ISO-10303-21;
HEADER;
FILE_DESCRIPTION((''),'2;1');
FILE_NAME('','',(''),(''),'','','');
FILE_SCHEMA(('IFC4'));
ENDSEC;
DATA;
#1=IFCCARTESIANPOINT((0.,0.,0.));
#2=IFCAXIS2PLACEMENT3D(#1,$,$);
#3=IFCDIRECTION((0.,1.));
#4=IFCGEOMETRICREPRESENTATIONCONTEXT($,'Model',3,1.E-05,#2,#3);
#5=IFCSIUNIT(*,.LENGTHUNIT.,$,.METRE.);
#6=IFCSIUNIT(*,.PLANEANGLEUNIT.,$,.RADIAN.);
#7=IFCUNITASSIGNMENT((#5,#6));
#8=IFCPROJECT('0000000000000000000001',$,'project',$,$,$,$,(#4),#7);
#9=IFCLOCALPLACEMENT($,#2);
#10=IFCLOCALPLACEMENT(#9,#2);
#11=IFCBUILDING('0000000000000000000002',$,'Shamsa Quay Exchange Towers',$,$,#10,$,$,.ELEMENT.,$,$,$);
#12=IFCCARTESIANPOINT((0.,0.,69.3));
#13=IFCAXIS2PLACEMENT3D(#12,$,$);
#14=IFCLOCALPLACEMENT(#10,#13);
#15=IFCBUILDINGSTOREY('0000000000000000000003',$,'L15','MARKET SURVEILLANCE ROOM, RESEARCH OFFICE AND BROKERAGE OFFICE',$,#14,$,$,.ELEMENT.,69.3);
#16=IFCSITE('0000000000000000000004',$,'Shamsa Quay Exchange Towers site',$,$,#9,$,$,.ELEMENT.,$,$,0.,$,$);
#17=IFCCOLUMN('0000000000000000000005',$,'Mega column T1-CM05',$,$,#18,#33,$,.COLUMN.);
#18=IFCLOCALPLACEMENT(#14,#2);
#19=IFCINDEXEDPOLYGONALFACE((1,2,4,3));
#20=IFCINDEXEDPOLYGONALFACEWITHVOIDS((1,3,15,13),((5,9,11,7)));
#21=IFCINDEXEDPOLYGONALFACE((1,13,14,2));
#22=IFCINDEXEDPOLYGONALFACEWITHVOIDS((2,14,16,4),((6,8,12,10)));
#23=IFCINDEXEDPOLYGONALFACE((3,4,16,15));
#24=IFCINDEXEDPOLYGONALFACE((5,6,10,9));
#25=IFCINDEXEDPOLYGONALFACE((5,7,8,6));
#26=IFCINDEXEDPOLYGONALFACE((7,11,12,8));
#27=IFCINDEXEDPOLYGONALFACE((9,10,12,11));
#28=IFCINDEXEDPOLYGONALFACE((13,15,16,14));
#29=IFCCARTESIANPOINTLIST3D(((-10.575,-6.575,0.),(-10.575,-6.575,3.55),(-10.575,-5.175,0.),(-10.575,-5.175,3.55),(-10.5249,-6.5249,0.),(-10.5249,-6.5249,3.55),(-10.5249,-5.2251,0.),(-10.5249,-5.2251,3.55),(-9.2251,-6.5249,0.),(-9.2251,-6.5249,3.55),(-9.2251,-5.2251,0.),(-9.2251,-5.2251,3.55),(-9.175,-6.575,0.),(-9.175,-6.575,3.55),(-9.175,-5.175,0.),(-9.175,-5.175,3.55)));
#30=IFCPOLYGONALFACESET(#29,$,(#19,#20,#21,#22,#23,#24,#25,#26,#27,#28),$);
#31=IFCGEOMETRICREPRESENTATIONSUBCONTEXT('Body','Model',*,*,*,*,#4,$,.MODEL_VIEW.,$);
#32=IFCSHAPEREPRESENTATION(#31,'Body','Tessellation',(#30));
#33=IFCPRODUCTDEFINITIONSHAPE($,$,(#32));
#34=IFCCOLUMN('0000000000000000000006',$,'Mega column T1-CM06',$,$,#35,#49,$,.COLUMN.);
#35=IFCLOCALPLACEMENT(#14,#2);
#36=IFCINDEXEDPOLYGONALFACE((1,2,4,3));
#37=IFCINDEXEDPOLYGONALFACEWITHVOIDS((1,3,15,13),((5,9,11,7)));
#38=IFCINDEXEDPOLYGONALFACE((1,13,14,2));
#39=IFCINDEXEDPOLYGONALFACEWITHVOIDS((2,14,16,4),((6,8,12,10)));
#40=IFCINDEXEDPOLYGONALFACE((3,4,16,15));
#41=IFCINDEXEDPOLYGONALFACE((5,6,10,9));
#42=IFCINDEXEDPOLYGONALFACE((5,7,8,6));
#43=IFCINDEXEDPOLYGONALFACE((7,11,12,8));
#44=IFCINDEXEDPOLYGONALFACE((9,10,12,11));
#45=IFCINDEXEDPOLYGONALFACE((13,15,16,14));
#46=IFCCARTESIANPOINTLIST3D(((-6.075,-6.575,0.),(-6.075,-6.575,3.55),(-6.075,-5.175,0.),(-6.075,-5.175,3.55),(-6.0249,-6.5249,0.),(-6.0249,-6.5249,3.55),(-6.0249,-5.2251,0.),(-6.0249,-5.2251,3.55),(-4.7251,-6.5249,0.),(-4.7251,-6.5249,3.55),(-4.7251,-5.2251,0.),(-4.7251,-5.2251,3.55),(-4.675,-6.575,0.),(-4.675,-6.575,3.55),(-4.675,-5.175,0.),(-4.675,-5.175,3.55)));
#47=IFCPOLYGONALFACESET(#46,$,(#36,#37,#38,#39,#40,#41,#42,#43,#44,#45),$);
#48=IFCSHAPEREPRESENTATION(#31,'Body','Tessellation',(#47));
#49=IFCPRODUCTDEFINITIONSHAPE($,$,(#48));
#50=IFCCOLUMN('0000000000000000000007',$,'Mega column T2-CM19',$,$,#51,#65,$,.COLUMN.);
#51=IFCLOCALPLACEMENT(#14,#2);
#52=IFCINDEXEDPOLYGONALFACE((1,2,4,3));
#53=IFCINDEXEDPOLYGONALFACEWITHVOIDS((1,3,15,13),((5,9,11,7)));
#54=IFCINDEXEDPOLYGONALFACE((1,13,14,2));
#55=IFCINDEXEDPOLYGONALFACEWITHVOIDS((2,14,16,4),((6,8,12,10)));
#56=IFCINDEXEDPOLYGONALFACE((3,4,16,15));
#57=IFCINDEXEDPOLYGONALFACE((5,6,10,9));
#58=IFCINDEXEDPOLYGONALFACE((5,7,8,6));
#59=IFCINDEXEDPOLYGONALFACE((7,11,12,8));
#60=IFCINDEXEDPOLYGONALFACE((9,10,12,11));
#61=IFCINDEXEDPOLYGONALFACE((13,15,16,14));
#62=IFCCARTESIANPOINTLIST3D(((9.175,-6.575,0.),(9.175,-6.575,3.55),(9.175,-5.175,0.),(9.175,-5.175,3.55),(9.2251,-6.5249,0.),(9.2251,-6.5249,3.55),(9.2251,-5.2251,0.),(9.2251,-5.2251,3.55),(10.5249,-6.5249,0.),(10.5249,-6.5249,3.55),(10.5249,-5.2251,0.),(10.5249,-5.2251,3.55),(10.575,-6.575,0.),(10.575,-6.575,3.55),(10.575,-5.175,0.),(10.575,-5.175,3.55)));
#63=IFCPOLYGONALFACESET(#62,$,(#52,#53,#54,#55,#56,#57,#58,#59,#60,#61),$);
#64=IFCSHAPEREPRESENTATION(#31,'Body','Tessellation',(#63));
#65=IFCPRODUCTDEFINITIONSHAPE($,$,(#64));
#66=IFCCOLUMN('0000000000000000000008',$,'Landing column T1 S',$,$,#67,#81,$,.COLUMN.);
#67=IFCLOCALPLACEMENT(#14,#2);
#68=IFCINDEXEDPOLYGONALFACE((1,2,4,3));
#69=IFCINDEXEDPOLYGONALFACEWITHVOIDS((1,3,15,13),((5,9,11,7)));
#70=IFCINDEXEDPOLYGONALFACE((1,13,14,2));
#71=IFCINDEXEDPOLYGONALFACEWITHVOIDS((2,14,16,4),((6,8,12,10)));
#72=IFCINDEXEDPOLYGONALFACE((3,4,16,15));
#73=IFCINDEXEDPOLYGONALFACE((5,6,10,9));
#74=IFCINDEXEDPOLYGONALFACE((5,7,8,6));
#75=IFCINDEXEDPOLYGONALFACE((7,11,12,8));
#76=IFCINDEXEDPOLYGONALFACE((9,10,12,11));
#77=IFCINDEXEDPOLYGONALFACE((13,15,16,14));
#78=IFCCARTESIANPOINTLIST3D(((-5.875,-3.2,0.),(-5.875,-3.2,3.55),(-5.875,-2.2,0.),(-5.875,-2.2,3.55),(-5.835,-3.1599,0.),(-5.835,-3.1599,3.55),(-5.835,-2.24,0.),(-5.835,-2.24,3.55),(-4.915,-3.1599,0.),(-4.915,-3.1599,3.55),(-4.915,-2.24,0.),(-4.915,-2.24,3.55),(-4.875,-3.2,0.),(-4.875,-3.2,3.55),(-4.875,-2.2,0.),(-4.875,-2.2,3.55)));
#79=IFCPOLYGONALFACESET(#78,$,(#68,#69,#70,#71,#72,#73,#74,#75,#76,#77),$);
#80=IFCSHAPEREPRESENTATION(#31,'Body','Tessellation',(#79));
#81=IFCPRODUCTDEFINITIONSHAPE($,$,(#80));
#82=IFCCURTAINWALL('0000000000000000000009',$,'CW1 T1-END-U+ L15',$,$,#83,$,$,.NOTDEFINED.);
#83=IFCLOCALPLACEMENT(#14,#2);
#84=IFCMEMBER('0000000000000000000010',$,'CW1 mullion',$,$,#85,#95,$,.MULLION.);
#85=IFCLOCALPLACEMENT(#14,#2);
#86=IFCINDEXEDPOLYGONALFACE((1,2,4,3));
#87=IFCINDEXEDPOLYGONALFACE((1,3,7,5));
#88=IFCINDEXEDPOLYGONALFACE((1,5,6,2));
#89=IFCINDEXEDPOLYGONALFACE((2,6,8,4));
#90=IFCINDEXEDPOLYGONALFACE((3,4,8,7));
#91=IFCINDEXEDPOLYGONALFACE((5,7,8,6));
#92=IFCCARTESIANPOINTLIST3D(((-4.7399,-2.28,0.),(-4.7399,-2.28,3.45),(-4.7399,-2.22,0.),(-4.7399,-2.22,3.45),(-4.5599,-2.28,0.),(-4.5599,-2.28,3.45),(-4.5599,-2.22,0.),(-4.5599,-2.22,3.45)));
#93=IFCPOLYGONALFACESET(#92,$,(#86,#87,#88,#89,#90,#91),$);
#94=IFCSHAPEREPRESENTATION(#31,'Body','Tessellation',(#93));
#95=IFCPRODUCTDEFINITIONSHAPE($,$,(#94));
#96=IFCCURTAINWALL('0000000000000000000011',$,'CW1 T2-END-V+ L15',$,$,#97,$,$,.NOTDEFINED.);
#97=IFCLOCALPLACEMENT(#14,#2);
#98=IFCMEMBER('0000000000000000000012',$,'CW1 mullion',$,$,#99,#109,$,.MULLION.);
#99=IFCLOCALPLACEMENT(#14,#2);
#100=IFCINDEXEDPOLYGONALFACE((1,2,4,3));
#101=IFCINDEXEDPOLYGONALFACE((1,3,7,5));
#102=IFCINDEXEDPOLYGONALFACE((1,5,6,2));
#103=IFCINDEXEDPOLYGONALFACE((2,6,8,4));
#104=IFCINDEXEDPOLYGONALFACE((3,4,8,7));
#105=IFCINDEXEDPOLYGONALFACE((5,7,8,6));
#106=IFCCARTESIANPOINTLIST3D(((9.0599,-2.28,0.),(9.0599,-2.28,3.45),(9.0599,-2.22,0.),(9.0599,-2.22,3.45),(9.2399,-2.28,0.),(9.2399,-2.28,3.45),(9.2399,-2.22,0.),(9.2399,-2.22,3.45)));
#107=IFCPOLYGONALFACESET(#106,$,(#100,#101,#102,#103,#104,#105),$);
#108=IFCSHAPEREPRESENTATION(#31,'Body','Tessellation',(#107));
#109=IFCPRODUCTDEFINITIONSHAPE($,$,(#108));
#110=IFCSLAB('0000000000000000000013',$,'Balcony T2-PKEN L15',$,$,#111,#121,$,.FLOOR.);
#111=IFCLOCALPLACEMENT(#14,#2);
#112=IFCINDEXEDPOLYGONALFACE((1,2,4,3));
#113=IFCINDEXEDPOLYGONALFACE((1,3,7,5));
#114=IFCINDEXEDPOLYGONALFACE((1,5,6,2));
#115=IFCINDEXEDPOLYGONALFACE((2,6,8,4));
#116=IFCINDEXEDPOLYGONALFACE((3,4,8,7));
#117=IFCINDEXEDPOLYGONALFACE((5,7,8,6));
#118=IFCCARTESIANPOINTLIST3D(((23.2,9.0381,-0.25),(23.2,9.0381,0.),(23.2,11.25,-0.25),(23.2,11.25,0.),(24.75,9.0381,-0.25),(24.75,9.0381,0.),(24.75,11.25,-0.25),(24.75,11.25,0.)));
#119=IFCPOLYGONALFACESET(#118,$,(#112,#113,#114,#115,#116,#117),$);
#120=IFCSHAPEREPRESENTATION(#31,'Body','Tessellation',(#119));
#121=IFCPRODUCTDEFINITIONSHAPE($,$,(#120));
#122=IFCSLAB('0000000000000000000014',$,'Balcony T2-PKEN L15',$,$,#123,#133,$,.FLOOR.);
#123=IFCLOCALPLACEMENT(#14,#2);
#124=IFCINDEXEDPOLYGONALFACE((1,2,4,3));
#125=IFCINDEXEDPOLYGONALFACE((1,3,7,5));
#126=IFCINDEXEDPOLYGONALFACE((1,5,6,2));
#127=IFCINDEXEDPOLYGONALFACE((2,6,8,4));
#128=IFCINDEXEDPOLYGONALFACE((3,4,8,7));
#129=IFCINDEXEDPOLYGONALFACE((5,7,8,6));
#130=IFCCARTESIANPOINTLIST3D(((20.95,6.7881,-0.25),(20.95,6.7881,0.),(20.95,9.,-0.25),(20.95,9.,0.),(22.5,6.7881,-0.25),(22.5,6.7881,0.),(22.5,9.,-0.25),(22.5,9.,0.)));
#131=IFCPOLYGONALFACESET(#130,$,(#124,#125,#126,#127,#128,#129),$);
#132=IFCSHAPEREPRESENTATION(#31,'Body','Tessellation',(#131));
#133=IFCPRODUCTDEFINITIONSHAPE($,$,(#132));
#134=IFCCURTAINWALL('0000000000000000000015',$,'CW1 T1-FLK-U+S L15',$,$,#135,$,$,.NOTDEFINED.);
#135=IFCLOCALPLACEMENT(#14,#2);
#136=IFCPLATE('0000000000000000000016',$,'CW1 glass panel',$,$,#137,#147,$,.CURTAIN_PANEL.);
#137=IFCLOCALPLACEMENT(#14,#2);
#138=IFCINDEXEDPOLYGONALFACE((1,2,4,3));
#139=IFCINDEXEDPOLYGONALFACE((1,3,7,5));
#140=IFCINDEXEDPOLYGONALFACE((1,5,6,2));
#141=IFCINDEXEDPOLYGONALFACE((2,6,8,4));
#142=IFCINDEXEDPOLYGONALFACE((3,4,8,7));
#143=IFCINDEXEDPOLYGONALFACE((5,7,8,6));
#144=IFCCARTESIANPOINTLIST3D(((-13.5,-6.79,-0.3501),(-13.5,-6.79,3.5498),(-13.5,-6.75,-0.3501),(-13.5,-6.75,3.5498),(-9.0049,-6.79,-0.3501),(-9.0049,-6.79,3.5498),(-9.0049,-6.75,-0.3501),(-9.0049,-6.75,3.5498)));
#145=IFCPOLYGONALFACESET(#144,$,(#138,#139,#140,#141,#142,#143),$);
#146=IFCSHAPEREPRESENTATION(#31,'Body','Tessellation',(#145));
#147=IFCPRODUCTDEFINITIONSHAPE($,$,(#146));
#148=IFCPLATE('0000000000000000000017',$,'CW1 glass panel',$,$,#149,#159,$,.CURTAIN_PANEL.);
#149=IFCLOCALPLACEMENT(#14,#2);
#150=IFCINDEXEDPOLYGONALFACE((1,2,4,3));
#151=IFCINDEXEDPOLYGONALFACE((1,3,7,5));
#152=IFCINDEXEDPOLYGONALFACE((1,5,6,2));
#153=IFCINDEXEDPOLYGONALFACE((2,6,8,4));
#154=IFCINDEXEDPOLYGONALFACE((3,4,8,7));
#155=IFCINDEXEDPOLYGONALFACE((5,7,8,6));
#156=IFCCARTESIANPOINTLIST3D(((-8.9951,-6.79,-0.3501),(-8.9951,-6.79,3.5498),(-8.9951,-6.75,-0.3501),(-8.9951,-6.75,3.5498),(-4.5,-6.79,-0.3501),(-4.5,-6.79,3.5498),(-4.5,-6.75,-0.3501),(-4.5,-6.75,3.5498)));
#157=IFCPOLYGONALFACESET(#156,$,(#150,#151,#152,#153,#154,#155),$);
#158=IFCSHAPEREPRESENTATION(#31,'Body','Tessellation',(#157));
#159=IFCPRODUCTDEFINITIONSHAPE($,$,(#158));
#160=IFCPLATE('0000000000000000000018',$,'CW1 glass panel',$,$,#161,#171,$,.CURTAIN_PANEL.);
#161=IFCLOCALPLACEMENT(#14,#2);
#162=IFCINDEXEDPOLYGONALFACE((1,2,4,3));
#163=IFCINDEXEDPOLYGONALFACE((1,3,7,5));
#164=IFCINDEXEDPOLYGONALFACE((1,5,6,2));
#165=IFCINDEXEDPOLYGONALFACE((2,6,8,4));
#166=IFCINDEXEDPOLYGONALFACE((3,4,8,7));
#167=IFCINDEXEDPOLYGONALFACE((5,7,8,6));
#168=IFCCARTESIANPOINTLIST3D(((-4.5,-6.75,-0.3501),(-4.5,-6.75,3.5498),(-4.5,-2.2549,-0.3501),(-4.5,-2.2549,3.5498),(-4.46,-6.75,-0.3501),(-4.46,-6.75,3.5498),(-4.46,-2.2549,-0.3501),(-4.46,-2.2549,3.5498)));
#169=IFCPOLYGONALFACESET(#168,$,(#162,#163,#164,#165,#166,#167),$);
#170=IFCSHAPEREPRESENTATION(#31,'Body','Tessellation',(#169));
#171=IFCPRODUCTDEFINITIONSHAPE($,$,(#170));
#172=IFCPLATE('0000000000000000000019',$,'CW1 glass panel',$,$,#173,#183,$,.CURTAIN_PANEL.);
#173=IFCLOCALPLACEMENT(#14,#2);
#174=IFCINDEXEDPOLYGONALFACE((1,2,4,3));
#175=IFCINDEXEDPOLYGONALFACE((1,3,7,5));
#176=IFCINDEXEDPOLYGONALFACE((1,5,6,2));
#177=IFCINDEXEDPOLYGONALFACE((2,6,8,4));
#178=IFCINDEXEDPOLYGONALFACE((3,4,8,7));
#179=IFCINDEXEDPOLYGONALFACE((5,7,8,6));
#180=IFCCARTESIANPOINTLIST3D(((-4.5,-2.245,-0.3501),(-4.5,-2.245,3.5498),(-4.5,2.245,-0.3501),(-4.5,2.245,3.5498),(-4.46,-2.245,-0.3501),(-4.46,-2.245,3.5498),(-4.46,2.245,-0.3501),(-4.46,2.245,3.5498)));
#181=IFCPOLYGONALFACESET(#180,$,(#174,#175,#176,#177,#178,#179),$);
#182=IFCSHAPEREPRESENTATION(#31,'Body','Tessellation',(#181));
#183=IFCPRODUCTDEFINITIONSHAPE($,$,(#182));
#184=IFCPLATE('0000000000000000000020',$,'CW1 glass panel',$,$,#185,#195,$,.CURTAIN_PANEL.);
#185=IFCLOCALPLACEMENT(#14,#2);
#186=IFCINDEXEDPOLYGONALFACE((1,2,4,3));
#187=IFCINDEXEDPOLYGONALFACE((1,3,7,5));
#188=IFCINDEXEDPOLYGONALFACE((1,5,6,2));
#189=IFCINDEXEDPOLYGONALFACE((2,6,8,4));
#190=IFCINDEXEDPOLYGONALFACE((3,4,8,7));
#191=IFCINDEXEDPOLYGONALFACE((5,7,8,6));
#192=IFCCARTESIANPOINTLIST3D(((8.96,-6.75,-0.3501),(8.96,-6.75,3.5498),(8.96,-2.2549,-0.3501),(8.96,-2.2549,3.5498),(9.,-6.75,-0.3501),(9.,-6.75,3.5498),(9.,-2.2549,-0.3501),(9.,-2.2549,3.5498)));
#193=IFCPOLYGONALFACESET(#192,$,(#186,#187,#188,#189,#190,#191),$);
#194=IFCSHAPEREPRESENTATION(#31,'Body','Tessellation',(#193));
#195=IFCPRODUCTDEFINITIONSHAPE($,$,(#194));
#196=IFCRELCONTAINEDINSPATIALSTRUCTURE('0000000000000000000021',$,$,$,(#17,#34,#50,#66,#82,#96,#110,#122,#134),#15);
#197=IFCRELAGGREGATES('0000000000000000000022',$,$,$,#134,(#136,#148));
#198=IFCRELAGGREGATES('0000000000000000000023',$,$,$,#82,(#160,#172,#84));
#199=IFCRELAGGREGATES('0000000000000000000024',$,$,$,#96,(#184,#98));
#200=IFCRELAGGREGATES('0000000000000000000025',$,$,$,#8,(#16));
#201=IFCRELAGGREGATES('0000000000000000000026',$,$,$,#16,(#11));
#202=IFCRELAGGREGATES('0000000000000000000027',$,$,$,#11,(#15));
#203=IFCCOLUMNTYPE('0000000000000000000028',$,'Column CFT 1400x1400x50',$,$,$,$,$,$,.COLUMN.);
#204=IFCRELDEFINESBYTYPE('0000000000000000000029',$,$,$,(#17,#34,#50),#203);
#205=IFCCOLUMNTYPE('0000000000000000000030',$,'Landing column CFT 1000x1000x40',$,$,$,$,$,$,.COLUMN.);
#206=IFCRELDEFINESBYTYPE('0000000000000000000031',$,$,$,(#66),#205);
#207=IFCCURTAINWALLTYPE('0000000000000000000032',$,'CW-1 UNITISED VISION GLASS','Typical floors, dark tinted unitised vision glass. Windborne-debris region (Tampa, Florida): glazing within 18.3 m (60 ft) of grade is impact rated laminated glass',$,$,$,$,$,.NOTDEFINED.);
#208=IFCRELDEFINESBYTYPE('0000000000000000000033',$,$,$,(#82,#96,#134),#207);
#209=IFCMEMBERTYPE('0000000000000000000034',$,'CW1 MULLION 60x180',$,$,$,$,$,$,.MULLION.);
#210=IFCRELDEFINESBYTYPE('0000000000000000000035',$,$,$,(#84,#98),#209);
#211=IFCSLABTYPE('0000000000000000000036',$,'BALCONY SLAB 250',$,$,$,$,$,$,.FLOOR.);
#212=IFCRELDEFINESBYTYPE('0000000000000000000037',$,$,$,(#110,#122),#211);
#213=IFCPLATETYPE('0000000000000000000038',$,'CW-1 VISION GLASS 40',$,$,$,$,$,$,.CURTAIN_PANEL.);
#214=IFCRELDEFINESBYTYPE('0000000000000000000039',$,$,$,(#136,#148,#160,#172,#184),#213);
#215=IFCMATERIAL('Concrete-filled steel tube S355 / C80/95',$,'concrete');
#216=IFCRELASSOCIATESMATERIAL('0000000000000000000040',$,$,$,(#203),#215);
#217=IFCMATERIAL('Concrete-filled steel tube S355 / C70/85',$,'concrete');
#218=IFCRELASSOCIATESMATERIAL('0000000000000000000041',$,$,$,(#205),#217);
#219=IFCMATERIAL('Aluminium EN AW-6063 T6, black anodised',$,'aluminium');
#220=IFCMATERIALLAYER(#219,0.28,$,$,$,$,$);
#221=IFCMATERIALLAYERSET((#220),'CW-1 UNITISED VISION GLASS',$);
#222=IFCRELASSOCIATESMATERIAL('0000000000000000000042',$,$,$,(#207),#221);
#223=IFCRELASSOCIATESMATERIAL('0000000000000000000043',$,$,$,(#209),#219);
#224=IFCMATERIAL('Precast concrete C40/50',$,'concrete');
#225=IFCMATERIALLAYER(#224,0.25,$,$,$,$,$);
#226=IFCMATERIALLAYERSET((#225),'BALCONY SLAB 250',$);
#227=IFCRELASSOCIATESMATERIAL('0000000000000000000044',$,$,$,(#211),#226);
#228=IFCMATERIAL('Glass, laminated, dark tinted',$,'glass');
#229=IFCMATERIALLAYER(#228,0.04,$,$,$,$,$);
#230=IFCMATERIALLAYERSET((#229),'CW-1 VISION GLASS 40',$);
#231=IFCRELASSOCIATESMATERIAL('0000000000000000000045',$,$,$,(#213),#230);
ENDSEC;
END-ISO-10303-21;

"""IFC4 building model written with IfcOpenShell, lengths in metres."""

from ifc_helpers import new_model, si_unit, direction, frame, origin, origin_2d, place, context, subcontext, project, spatial, polyline, rectangle, hollow_rectangle, outline, extrude, material, layer, layer_set, material_profile, profile_set, type_object, element, aggregate, save


model = new_model("IFC4")

# Units and contexts
model_context = context("Model", 3, precision=1e-05, world=origin(), true_north=direction((0.0, 1.0)))
body_context = subcontext(model_context, "Body", "Model", "MODEL_VIEW")
ifc_project = project(units=[si_unit("LENGTHUNIT", "METRE"), si_unit("PLANEANGLEUNIT", "RADIAN")], contexts=[model_context])

# Site, building, storey
site_placement = place(None, origin())
site = spatial("IfcSite", under=ifc_project, at=site_placement, Name="Shamsa Quay Exchange Towers site", CompositionType="ELEMENT", RefElevation=0.0)
building_placement = place(site_placement, origin())
building = spatial("IfcBuilding", under=site, at=building_placement, Name="Shamsa Quay Exchange Towers", CompositionType="ELEMENT")
storey_placement = place(building_placement, frame((0.0, 0.0, 69.3)))
storey = spatial("IfcBuildingStorey", under=building, at=storey_placement, Name="L15", Description="MARKET SURVEILLANCE ROOM, RESEARCH OFFICE AND BROKERAGE OFFICE", CompositionType="ELEMENT", Elevation=69.3)

# Columns
ifc_material_1 = material(Name="Concrete-filled steel tube S355 / C80/95", Category="concrete")
ifc_material_profile_1 = material_profile(ifc_material_1, hollow_rectangle(XDim=1.3999, YDim=1.3999, WallThickness=0.05, at=origin_2d()), Name="CFT 1400x1400x50")
ifc_profile_set_1 = profile_set([ifc_material_profile_1], Name="Concrete-filled steel tube S355 / C80/95")
column_type_1 = type_object("IfcColumnType", Name="Column CFT 1400x1400x50", PredefinedType="COLUMN", material=ifc_profile_set_1)
for number, where, name in (
    (1, (-9.875, -5.875, 0.0), "Mega column T1-CM05"),
    (2, (-5.375, -5.875, 0.0), "Mega column T1-CM06"),
    (3, (9.875, -5.875, 0.0), "Mega column T2-CM19"),
):
    element("IfcColumn", number, at=place(storey_placement, frame(where)), inside=storey, type_object=column_type_1, Name=name, PredefinedType="COLUMN", context=body_context, shape_type="SweptSolid", body=[
        extrude(hollow_rectangle(XDim=1.3999, YDim=1.3999, WallThickness=0.05, at=origin_2d()), origin(), (0.0, 0.0, 1.0), 3.55),
    ])
ifc_material_2 = material(Name="Concrete-filled steel tube S355 / C70/85", Category="concrete")
ifc_material_profile_2 = material_profile(ifc_material_2, hollow_rectangle(XDim=1.0, YDim=1.0, WallThickness=0.04, at=origin_2d()), Name="CFT 1000x1000x40")
ifc_profile_set_2 = profile_set([ifc_material_profile_2], Name="Concrete-filled steel tube S355 / C70/85")
column_type_2 = type_object("IfcColumnType", Name="Landing column CFT 1000x1000x40", PredefinedType="COLUMN", material=ifc_profile_set_2)
column_placement = place(storey_placement, frame((-5.375, -2.7, 0.0)))
element("IfcColumn", 4, at=column_placement, inside=storey, type_object=column_type_2, Name="Landing column T1 S", PredefinedType="COLUMN", context=body_context, shape_type="SweptSolid", body=[
    extrude(hollow_rectangle(XDim=1.0, YDim=1.0, WallThickness=0.04, at=origin_2d()), origin(), (0.0, 0.0, 1.0), 3.55),
])

# Curtain walls, members
ifc_material_3 = material(Name="Aluminium EN AW-6063 T6, black anodised", Category="aluminium")
ifc_layer_1 = layer(ifc_material_3, 0.28)
ifc_layer_set_1 = layer_set([ifc_layer_1], Name="CW-1 UNITISED VISION GLASS")
curtain_wall_type_1 = type_object("IfcCurtainWallType", Name="CW-1 UNITISED VISION GLASS", Description="Typical floors, dark tinted unitised vision glass. Windborne-debris region (Tampa, Florida): glazing within 18.3 m (60 ft) of grade is impact rated laminated glass", PredefinedType="NOTDEFINED", material=ifc_layer_set_1)
curtain_wall_1_placement = place(storey_placement, origin())
curtain_wall_1 = element("IfcCurtainWall", 5, at=curtain_wall_1_placement, inside=storey, type_object=curtain_wall_type_1, Name="CW1 T1-END-U+ L15", PredefinedType="NOTDEFINED")
ifc_material_profile_3 = material_profile(ifc_material_3, rectangle(XDim=0.1799, YDim=0.0601, at=origin_2d()), Name="MU60x180")
ifc_profile_set_3 = profile_set([ifc_material_profile_3], Name="Aluminium EN AW-6063 T6, black anodised")
member_type = type_object("IfcMemberType", Name="CW1 MULLION 60x180", PredefinedType="MULLION", material=ifc_profile_set_3)
member_1_placement = place(storey_placement, frame((-4.6499, -2.25, 0.0), z_axis=(0.0, 0.0, 1.0), x_axis=(-1.0, 0.0, 0.0)))
member_1 = element("IfcMember", 6, at=member_1_placement, type_object=member_type, Name="CW1 mullion", PredefinedType="MULLION", context=body_context, shape_type="SweptSolid", body=[
    extrude(rectangle(XDim=0.1799, YDim=0.0601, at=origin_2d()), origin(), (0.0, 0.0, 1.0), 3.45),
])
curtain_wall_2_placement = place(storey_placement, origin())
curtain_wall_2 = element("IfcCurtainWall", 7, at=curtain_wall_2_placement, inside=storey, type_object=curtain_wall_type_1, Name="CW1 T2-END-V+ L15", PredefinedType="NOTDEFINED")
member_2_placement = place(storey_placement, frame((9.1499, -2.25, 0.0)))
member_2 = element("IfcMember", 8, at=member_2_placement, type_object=member_type, Name="CW1 mullion", PredefinedType="MULLION", context=body_context, shape_type="SweptSolid", body=[
    extrude(rectangle(XDim=0.1799, YDim=0.0601, at=origin_2d()), origin(), (0.0, 0.0, 1.0), 3.45),
])

# Slabs
ifc_material_4 = material(Name="Precast concrete C40/50", Category="concrete")
ifc_layer_2 = layer(ifc_material_4, 0.25)
ifc_layer_set_2 = layer_set([ifc_layer_2], Name="BALCONY SLAB 250")
slab_type_1 = type_object("IfcSlabType", Name="BALCONY SLAB 250", PredefinedType="FLOOR", material=ifc_layer_set_2)
slab_1_placement = place(storey_placement, frame((0.0, 0.0, -0.25)))
element("IfcSlab", 9, at=slab_1_placement, inside=storey, type_object=slab_type_1, Name="Balcony T2-PKEN L15", PredefinedType="FLOOR", context=body_context, shape_type="SweptSolid", body=[
    extrude(outline(polyline([(24.75, 11.25), (24.75, 9.0381), (23.2, 9.0381), (23.2, 11.25), (24.75, 11.25)])), origin(), (0.0, 0.0, 1.0), 0.25),
])
slab_2_placement = place(storey_placement, frame((0.0, 0.0, -0.25)))
element("IfcSlab", 10, at=slab_2_placement, inside=storey, type_object=slab_type_1, Name="Balcony T2-PKEN L15", PredefinedType="FLOOR", context=body_context, shape_type="SweptSolid", body=[
    extrude(outline(polyline([(22.5, 9.0), (22.5, 6.7881), (20.95, 6.7881), (20.95, 9.0), (22.5, 9.0)])), origin(), (0.0, 0.0, 1.0), 0.25),
])

# Curtain wall, plates
curtain_wall_3_placement = place(storey_placement, origin())
curtain_wall_3 = element("IfcCurtainWall", 11, at=curtain_wall_3_placement, inside=storey, type_object=curtain_wall_type_1, Name="CW1 T1-FLK-U+S L15", PredefinedType="NOTDEFINED")
ifc_material_5 = material(Name="Glass, laminated, dark tinted", Category="glass")
ifc_layer_3 = layer(ifc_material_5, 0.04)
ifc_layer_set_3 = layer_set([ifc_layer_3], Name="CW-1 VISION GLASS 40")
plate_type_1 = type_object("IfcPlateType", Name="CW-1 VISION GLASS 40", PredefinedType="CURTAIN_PANEL", material=ifc_layer_set_3)
plate_1_placement = place(storey_placement, frame((-11.2524, -6.77, -0.3501)))
plate_1 = element("IfcPlate", 12, at=plate_1_placement, type_object=plate_type_1, Name="CW1 glass panel", PredefinedType="CURTAIN_PANEL", context=body_context, shape_type="SweptSolid", body=[
    extrude(rectangle(XDim=4.4951, YDim=0.04, at=origin_2d()), origin(), (0.0, 0.0, 1.0), 3.8999),
])
plate_2_placement = place(storey_placement, frame((-6.7476, -6.77, -0.3501)))
plate_2 = element("IfcPlate", 13, at=plate_2_placement, type_object=plate_type_1, Name="CW1 glass panel", PredefinedType="CURTAIN_PANEL", context=body_context, shape_type="SweptSolid", body=[
    extrude(rectangle(XDim=4.4951, YDim=0.04, at=origin_2d()), origin(), (0.0, 0.0, 1.0), 3.8999),
])
aggregate(curtain_wall_3, [plate_1, plate_2])

# Plates
plate_3_placement = place(storey_placement, frame((-4.48, -4.5024, -0.3501), z_axis=(0.0, 0.0, 1.0), x_axis=(0.0, 1.0, 0.0)))
plate_3 = element("IfcPlate", 14, at=plate_3_placement, type_object=plate_type_1, Name="CW1 glass panel", PredefinedType="CURTAIN_PANEL", context=body_context, shape_type="SweptSolid", body=[
    extrude(rectangle(XDim=4.4951, YDim=0.04, at=origin_2d()), origin(), (0.0, 0.0, 1.0), 3.8999),
])
plate_4_placement = place(storey_placement, frame((-4.48, 0.0, -0.3501), z_axis=(0.0, 0.0, 1.0), x_axis=(0.0, 1.0, 0.0)))
plate_4 = element("IfcPlate", 15, at=plate_4_placement, type_object=plate_type_1, Name="CW1 glass panel", PredefinedType="CURTAIN_PANEL", context=body_context, shape_type="SweptSolid", body=[
    extrude(rectangle(XDim=4.49, YDim=0.04, at=origin_2d()), origin(), (0.0, 0.0, 1.0), 3.8999),
])
aggregate(curtain_wall_1, [plate_3, plate_4, member_1])
plate_5_placement = place(storey_placement, frame((8.98, -4.5024, -0.3501), z_axis=(0.0, 0.0, 1.0), x_axis=(0.0, -1.0, 0.0)))
plate_5 = element("IfcPlate", 16, at=plate_5_placement, type_object=plate_type_1, Name="CW1 glass panel", PredefinedType="CURTAIN_PANEL", context=body_context, shape_type="SweptSolid", body=[
    extrude(rectangle(XDim=4.4951, YDim=0.04, at=origin_2d()), origin(), (0.0, 0.0, 1.0), 3.8999),
])
aggregate(curtain_wall_2, [plate_5, member_2])

save(model, "model.ifc")
